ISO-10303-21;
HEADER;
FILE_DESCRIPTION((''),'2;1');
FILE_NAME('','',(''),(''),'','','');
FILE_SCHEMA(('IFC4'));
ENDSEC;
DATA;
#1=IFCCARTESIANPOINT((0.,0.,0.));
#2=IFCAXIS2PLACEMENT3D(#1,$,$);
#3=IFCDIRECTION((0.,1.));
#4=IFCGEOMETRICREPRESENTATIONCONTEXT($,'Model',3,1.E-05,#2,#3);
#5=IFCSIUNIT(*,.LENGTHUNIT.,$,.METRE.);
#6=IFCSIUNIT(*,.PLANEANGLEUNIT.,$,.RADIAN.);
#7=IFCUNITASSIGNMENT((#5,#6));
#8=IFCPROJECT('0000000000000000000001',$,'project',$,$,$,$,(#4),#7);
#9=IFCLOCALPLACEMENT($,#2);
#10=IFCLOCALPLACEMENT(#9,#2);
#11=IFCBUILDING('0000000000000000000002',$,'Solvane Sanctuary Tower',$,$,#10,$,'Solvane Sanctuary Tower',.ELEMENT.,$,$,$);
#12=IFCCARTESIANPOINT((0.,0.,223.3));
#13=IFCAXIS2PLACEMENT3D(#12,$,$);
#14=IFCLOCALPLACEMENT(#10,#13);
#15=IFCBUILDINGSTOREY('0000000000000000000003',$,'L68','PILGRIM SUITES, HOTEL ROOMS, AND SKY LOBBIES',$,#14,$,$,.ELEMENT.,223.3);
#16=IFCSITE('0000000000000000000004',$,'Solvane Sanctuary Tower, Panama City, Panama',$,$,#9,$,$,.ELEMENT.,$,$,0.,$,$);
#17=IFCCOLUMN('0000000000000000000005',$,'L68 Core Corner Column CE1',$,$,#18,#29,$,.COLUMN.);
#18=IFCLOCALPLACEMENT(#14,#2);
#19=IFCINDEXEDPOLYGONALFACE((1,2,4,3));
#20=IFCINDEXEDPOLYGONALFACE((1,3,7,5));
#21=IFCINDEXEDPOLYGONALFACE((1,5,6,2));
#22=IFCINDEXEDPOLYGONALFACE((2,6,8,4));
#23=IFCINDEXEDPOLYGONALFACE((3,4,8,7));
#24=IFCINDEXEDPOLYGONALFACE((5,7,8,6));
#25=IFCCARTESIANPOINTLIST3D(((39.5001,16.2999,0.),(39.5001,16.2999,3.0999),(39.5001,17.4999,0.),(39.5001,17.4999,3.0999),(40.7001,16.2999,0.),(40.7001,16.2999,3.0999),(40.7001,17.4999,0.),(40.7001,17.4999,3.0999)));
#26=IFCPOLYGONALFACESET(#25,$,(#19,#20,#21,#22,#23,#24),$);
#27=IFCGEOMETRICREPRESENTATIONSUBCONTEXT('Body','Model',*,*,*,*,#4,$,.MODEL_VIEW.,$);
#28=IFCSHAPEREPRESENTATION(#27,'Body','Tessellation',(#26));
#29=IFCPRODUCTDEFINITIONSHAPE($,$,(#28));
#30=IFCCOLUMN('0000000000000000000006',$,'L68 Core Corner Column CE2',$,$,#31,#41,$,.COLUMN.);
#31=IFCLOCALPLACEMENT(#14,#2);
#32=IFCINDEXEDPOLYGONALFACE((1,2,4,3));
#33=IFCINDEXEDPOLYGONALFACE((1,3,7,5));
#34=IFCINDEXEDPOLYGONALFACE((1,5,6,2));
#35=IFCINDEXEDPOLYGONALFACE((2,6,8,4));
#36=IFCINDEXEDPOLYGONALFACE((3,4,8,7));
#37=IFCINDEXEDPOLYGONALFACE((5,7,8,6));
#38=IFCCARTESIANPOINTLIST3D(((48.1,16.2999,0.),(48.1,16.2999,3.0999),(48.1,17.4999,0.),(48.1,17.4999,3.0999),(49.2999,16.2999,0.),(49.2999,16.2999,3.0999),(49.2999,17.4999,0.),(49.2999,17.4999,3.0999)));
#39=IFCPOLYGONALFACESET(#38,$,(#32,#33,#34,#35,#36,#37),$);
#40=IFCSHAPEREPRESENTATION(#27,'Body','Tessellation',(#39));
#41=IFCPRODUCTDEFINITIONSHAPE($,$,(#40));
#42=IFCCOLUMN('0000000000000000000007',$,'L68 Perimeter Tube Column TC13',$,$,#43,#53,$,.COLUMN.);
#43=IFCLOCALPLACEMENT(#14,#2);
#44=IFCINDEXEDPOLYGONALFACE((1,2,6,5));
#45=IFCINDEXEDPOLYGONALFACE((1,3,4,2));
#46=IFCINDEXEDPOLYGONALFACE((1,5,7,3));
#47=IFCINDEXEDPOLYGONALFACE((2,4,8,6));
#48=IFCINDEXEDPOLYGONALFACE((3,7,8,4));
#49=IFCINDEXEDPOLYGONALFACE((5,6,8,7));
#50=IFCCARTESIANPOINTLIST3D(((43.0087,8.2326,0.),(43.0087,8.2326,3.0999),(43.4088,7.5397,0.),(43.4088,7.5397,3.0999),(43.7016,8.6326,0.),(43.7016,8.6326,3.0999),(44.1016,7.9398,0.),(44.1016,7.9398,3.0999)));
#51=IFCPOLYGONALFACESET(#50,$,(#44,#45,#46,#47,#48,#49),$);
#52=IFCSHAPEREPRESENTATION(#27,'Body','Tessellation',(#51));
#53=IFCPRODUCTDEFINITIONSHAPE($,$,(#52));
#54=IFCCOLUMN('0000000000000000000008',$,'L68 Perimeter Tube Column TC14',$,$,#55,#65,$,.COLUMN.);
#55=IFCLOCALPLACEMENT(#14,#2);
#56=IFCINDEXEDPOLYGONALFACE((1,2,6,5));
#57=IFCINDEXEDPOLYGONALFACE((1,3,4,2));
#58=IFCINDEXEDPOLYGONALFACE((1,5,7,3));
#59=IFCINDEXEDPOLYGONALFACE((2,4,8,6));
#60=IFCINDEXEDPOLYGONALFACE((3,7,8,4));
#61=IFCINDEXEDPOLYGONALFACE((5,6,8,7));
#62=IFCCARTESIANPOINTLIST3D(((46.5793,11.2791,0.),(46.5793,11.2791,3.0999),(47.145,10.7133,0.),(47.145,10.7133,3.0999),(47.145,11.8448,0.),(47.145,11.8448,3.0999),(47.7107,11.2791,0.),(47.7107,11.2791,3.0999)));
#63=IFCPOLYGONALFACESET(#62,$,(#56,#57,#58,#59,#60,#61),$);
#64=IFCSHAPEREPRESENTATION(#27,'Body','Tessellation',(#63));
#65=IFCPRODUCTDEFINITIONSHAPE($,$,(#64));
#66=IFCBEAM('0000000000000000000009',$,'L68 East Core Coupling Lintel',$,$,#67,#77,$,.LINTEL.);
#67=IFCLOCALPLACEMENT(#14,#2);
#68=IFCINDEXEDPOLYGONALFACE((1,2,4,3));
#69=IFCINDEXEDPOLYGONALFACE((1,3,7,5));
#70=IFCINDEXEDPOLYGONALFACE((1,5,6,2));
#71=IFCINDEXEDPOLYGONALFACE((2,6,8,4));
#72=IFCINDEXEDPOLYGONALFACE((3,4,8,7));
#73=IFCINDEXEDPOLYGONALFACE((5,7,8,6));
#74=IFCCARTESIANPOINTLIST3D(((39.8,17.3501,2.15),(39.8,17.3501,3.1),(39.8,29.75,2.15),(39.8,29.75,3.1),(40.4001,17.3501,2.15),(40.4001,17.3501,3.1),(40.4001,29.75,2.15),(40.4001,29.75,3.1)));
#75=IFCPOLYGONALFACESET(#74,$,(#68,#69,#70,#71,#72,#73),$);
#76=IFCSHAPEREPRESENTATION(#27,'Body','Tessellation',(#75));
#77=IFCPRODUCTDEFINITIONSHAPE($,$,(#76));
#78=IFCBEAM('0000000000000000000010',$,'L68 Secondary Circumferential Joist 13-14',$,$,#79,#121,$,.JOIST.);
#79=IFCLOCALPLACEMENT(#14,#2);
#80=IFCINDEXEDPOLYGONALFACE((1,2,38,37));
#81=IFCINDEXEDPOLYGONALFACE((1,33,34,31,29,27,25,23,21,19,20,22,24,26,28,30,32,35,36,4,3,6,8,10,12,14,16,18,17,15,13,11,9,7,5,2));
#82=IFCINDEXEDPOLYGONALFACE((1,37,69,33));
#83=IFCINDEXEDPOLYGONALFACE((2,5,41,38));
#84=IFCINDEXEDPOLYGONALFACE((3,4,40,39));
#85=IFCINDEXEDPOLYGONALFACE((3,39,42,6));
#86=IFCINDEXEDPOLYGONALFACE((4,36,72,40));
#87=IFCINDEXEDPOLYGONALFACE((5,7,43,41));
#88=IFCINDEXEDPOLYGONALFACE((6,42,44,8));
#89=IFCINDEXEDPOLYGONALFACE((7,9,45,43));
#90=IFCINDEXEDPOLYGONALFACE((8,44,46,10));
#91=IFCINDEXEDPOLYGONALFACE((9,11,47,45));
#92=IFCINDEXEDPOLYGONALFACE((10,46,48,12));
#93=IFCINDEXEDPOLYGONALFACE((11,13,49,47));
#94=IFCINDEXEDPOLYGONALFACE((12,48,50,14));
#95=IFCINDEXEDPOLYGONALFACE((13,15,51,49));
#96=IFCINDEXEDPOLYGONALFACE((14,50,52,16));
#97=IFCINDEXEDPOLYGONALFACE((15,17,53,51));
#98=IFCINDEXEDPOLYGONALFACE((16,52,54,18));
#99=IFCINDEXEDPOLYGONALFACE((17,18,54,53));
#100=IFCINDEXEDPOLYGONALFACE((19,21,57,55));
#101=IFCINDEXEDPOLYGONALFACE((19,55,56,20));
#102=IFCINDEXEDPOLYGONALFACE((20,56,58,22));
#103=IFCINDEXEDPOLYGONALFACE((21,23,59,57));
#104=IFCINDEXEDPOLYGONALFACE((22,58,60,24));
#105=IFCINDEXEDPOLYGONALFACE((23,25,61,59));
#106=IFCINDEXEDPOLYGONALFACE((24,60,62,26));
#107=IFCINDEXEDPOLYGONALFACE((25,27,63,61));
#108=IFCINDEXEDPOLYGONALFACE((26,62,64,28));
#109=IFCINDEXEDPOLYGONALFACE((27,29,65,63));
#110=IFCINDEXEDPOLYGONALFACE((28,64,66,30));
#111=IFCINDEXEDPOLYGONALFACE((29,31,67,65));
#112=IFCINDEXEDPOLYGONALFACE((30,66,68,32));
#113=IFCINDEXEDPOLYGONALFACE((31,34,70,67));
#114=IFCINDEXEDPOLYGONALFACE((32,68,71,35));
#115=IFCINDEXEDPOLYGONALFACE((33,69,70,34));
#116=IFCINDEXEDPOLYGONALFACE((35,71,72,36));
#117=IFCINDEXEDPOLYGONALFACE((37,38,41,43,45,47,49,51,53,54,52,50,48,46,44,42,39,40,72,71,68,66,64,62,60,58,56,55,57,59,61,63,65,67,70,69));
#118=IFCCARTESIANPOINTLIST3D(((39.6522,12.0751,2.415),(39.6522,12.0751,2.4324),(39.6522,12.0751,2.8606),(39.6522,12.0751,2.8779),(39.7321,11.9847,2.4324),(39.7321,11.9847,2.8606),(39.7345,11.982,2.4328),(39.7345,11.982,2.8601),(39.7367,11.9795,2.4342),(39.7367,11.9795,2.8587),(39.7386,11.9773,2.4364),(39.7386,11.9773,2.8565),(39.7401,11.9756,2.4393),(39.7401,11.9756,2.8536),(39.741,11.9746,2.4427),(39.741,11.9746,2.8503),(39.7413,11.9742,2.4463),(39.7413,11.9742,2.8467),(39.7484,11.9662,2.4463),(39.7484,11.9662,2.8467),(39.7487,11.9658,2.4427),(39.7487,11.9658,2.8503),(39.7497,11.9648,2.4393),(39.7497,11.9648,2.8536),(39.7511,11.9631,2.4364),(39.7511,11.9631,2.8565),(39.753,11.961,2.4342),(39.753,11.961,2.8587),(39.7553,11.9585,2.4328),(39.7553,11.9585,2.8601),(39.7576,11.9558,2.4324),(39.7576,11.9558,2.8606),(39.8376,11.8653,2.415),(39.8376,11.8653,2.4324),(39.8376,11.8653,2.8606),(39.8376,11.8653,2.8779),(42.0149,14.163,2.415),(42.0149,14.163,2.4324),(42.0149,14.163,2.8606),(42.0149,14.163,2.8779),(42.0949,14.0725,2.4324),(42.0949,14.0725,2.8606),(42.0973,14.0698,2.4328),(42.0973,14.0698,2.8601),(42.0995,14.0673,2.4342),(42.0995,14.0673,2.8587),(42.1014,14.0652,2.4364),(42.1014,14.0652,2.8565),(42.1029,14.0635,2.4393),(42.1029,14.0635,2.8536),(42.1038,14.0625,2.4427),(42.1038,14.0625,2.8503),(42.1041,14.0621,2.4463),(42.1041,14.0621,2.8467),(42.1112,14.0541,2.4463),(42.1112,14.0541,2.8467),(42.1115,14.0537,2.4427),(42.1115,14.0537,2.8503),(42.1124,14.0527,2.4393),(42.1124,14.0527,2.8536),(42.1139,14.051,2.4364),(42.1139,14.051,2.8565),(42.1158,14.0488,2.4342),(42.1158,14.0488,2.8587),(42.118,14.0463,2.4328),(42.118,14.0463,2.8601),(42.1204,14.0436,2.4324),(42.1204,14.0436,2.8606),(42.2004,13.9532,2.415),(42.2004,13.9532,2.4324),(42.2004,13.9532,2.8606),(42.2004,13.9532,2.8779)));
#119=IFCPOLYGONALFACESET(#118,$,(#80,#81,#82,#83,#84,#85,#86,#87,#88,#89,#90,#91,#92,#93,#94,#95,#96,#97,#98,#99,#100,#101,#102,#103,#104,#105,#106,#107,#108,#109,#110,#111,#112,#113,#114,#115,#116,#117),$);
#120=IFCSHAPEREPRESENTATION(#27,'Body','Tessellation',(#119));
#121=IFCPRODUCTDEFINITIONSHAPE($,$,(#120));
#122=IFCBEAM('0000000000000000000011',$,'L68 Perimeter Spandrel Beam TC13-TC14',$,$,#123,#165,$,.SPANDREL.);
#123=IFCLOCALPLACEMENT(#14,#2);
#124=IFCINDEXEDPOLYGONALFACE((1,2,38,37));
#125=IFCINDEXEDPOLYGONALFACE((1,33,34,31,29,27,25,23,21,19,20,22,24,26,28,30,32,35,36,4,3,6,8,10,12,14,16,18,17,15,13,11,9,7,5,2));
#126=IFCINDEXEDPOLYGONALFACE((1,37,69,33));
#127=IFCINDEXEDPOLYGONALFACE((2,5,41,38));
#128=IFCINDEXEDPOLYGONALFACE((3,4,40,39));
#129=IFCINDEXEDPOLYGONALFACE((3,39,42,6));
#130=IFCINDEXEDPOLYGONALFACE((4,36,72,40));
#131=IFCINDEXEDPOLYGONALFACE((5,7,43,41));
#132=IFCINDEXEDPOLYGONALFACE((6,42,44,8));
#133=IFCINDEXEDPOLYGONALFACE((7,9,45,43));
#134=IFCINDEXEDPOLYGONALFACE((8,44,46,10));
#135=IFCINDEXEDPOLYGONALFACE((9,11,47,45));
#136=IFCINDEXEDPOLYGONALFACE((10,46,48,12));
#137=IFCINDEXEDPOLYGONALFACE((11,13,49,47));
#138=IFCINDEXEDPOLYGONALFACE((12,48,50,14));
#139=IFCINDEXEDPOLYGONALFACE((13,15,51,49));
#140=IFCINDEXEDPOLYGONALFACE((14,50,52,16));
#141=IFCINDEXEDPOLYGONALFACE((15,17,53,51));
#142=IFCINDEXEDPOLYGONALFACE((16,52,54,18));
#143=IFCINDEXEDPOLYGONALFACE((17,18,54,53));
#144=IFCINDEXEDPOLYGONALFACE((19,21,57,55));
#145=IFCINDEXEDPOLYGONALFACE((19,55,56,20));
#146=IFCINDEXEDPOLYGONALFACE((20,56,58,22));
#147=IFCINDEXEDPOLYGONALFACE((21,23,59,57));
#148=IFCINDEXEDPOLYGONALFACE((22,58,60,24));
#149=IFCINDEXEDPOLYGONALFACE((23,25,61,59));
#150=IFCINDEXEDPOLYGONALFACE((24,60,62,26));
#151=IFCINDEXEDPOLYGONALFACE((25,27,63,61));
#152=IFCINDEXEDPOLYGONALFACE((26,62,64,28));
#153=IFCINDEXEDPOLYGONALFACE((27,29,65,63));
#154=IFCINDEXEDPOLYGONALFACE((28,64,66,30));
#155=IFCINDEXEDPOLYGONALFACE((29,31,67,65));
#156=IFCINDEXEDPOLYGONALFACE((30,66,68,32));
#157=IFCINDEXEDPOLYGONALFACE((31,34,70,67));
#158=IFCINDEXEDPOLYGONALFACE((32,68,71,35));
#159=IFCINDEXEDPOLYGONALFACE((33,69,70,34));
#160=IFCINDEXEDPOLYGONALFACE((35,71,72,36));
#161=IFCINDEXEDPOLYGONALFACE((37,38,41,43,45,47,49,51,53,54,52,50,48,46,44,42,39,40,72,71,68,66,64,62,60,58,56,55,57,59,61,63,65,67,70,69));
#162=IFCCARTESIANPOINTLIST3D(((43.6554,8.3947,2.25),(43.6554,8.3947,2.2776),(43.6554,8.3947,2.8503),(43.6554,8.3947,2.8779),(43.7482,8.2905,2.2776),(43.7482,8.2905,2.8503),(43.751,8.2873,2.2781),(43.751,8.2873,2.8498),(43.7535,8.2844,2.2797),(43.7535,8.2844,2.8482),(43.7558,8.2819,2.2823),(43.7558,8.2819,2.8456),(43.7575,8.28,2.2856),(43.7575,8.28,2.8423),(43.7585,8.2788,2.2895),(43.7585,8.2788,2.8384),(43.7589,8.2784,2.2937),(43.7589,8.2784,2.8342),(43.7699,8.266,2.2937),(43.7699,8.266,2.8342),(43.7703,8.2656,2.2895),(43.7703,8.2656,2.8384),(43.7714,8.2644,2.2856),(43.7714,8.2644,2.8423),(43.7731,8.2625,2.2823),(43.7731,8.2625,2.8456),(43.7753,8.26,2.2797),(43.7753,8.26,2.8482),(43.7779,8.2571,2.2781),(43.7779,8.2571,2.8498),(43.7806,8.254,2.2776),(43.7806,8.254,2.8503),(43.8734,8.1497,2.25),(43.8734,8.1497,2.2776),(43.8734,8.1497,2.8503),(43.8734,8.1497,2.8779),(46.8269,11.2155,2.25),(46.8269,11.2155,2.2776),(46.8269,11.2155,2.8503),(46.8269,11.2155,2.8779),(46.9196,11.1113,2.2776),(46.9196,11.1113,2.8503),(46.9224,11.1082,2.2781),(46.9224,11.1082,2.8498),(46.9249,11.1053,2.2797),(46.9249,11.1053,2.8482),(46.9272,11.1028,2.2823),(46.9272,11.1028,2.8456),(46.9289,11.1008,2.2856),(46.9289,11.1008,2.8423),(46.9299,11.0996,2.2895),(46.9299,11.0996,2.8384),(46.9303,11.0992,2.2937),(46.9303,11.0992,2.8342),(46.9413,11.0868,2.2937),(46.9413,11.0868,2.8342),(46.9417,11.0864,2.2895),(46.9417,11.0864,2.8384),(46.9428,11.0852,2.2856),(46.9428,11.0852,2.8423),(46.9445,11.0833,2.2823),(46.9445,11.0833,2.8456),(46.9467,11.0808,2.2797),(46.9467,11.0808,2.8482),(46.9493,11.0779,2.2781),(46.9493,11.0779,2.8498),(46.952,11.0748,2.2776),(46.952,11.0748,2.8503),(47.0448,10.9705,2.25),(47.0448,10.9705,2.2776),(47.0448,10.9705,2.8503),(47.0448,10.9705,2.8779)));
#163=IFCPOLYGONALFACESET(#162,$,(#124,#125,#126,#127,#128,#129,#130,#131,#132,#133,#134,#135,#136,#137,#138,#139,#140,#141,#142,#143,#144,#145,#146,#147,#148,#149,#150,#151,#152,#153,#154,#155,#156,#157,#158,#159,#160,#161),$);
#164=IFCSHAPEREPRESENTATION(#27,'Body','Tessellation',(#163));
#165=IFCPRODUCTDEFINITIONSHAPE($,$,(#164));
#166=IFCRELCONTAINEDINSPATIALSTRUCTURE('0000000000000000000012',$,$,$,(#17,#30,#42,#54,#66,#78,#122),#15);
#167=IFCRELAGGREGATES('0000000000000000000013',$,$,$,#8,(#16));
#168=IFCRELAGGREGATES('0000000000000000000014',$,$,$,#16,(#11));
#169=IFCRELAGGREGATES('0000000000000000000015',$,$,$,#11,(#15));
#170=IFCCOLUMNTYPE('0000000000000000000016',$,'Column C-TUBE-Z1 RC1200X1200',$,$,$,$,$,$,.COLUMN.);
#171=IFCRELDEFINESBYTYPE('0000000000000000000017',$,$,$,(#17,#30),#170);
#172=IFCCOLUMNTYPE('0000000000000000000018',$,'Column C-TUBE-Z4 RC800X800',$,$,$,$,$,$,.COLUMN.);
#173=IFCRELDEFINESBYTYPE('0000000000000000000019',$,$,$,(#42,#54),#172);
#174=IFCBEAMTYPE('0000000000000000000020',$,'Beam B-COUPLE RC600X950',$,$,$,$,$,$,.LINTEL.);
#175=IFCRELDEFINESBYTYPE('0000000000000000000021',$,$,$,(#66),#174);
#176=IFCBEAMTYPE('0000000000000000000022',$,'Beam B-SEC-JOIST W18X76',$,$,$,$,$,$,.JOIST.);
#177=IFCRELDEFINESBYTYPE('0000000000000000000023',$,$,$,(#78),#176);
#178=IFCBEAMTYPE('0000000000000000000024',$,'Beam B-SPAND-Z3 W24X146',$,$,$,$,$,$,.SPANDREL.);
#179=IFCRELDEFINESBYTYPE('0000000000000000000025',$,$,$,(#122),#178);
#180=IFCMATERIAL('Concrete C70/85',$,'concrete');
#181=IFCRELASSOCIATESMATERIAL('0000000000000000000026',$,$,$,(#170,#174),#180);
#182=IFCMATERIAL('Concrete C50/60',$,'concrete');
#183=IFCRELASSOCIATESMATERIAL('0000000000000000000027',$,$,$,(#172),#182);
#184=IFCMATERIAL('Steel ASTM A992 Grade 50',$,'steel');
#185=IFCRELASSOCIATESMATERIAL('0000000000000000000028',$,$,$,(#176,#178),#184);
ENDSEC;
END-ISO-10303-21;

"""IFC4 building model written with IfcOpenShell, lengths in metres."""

from ifc_helpers import new_model, si_unit, direction, frame, origin, origin_2d, place, context, subcontext, project, spatial, rectangle, i_section, extrude, material, material_profile, profile_set, type_object, element, save


model = new_model("IFC4")

# Units and contexts
model_context = context("Model", 3, precision=1e-05, world=origin(), true_north=direction((0.0, 1.0)))
body_context = subcontext(model_context, "Body", "Model", "MODEL_VIEW")
ifc_project = project(units=[si_unit("LENGTHUNIT", "METRE"), si_unit("PLANEANGLEUNIT", "RADIAN")], contexts=[model_context])

# Site, building, storey
site_placement = place(None, origin())
site = spatial("IfcSite", under=ifc_project, at=site_placement, Name="Solvane Sanctuary Tower, Panama City, Panama", CompositionType="ELEMENT", RefElevation=0.0)
building_placement = place(site_placement, origin())
building = spatial("IfcBuilding", under=site, at=building_placement, Name="Solvane Sanctuary Tower", LongName="Solvane Sanctuary Tower", CompositionType="ELEMENT")
storey_placement = place(building_placement, frame((0.0, 0.0, 223.3)))
storey = spatial("IfcBuildingStorey", under=building, at=storey_placement, Name="L68", Description="PILGRIM SUITES, HOTEL ROOMS, AND SKY LOBBIES", CompositionType="ELEMENT", Elevation=223.3)

# Columns
ifc_material_1 = material(Name="Concrete C70/85", Category="concrete")
ifc_material_profile_1 = material_profile(ifc_material_1, rectangle(XDim=1.2, YDim=1.2, at=origin_2d()), Name="RC1200X1200")
ifc_profile_set_1 = profile_set([ifc_material_profile_1], Name="Concrete C70/85")
column_type_1 = type_object("IfcColumnType", Name="Column C-TUBE-Z1 RC1200X1200", PredefinedType="COLUMN", material=ifc_profile_set_1)
for number, where, z_axis, x_axis, name in (
    (1, (40.1001, 16.8999, 0.0), (0.0, 0.0, 1.0), (1.0, 0.0, 0.0), "L68 Core Corner Column CE1"),
    (2, (48.7, 16.8999, 0.0), (0.0, 0.0, 1.0), (1.0, 0.0, 0.0), "L68 Core Corner Column CE2"),
):
    element("IfcColumn", number, at=place(storey_placement, frame(where, z_axis=z_axis, x_axis=x_axis)), inside=storey, type_object=column_type_1, Name=name, PredefinedType="COLUMN", context=body_context, shape_type="SweptSolid", body=[
        extrude(rectangle(XDim=1.2, YDim=1.2, at=origin_2d()), origin(), (0.0, 0.0, 1.0), 3.0999),
    ])
ifc_material_2 = material(Name="Concrete C50/60", Category="concrete")
ifc_material_profile_2 = material_profile(ifc_material_2, rectangle(XDim=0.8, YDim=0.8, at=origin_2d()), Name="RC800X800")
ifc_profile_set_2 = profile_set([ifc_material_profile_2], Name="Concrete C50/60")
column_type_2 = type_object("IfcColumnType", Name="Column C-TUBE-Z4 RC800X800", PredefinedType="COLUMN", material=ifc_profile_set_2)
for number, where, z_axis, x_axis, name in (
    (3, (43.5552, 8.0862, 0.0), (0.0, 0.0, 1.0), (0.5, -0.866025, 0.0), "L68 Perimeter Tube Column TC13"),
    (4, (47.145, 11.2791, 0.0), (0.0, 0.0, 1.0), (0.707107, -0.707107, 0.0), "L68 Perimeter Tube Column TC14"),
):
    element("IfcColumn", number, at=place(storey_placement, frame(where, z_axis=z_axis, x_axis=x_axis)), inside=storey, type_object=column_type_2, Name=name, PredefinedType="COLUMN", context=body_context, shape_type="SweptSolid", body=[
        extrude(rectangle(XDim=0.8, YDim=0.8, at=origin_2d()), origin(), (0.0, 0.0, 1.0), 3.0999),
    ])

# Beams
ifc_material_profile_3 = material_profile(ifc_material_1, rectangle(XDim=0.6001, YDim=0.95, at=origin_2d()), Name="RC600X950")
ifc_profile_set_3 = profile_set([ifc_material_profile_3], Name="Concrete C70/85")
beam_type_1 = type_object("IfcBeamType", Name="Beam B-COUPLE RC600X950", PredefinedType="LINTEL", material=ifc_profile_set_3)
beam_1_placement = place(storey_placement, frame((40.1001, 17.3501, 2.625), z_axis=(0.0, 1.0, 0.0), x_axis=(-1.0, 0.0, 0.0)))
element("IfcBeam", 5, at=beam_1_placement, inside=storey, type_object=beam_type_1, Name="L68 East Core Coupling Lintel", PredefinedType="LINTEL", context=body_context, shape_type="SweptSolid", body=[
    extrude(rectangle(XDim=0.6001, YDim=0.95, at=origin_2d()), origin(), (0.0, 0.0, 1.0), 12.3999),
])
ifc_material_3 = material(Name="Steel ASTM A992 Grade 50", Category="steel")
ifc_material_profile_4 = material_profile(ifc_material_3, i_section(OverallWidth=0.28, OverallDepth=0.4629, WebThickness=0.0107, FlangeThickness=0.0173, FilletRadius=0.0139, at=origin_2d()), Name="W18X76")
ifc_profile_set_4 = profile_set([ifc_material_profile_4], Name="Steel ASTM A992 Grade 50")
beam_type_2 = type_object("IfcBeamType", Name="Beam B-SEC-JOIST W18X76", PredefinedType="JOIST", material=ifc_profile_set_4)
beam_2_placement = place(storey_placement, frame((39.7449, 11.9702, 2.6465), z_axis=(0.749354, 0.662169, 0.0), x_axis=(-0.662169, 0.749354, 0.0)))
element("IfcBeam", 6, at=beam_2_placement, inside=storey, type_object=beam_type_2, Name="L68 Secondary Circumferential Joist 13-14", PredefinedType="JOIST", context=body_context, shape_type="SweptSolid", body=[
    extrude(i_section(OverallWidth=0.28, OverallDepth=0.4629, WebThickness=0.0107, FlangeThickness=0.0173, FilletRadius=0.0139, at=origin_2d()), origin(), (0.0, 0.0, 1.0), 3.1531),
])
ifc_material_profile_5 = material_profile(ifc_material_3, i_section(OverallWidth=0.3279, OverallDepth=0.6279, WebThickness=0.0166, FlangeThickness=0.0276, FilletRadius=0.0161, at=origin_2d()), Name="W24X146")
ifc_profile_set_5 = profile_set([ifc_material_profile_5], Name="Steel ASTM A992 Grade 50")
beam_type_3 = type_object("IfcBeamType", Name="Beam B-SPAND-Z3 W24X146", PredefinedType="SPANDREL", material=ifc_profile_set_5)
beam_3_placement = place(storey_placement, frame((43.7644, 8.2722, 2.564), z_axis=(0.7472, 0.664599, 0.0), x_axis=(-0.664599, 0.7472, 0.0)))
element("IfcBeam", 7, at=beam_3_placement, inside=storey, type_object=beam_type_3, Name="L68 Perimeter Spandrel Beam TC13-TC14", PredefinedType="SPANDREL", context=body_context, shape_type="SweptSolid", body=[
    extrude(i_section(OverallWidth=0.3279, OverallDepth=0.6279, WebThickness=0.0166, FlangeThickness=0.0276, FilletRadius=0.0161, at=origin_2d()), origin(), (0.0, 0.0, 1.0), 4.2444),
])

save(model, "model.ifc")
